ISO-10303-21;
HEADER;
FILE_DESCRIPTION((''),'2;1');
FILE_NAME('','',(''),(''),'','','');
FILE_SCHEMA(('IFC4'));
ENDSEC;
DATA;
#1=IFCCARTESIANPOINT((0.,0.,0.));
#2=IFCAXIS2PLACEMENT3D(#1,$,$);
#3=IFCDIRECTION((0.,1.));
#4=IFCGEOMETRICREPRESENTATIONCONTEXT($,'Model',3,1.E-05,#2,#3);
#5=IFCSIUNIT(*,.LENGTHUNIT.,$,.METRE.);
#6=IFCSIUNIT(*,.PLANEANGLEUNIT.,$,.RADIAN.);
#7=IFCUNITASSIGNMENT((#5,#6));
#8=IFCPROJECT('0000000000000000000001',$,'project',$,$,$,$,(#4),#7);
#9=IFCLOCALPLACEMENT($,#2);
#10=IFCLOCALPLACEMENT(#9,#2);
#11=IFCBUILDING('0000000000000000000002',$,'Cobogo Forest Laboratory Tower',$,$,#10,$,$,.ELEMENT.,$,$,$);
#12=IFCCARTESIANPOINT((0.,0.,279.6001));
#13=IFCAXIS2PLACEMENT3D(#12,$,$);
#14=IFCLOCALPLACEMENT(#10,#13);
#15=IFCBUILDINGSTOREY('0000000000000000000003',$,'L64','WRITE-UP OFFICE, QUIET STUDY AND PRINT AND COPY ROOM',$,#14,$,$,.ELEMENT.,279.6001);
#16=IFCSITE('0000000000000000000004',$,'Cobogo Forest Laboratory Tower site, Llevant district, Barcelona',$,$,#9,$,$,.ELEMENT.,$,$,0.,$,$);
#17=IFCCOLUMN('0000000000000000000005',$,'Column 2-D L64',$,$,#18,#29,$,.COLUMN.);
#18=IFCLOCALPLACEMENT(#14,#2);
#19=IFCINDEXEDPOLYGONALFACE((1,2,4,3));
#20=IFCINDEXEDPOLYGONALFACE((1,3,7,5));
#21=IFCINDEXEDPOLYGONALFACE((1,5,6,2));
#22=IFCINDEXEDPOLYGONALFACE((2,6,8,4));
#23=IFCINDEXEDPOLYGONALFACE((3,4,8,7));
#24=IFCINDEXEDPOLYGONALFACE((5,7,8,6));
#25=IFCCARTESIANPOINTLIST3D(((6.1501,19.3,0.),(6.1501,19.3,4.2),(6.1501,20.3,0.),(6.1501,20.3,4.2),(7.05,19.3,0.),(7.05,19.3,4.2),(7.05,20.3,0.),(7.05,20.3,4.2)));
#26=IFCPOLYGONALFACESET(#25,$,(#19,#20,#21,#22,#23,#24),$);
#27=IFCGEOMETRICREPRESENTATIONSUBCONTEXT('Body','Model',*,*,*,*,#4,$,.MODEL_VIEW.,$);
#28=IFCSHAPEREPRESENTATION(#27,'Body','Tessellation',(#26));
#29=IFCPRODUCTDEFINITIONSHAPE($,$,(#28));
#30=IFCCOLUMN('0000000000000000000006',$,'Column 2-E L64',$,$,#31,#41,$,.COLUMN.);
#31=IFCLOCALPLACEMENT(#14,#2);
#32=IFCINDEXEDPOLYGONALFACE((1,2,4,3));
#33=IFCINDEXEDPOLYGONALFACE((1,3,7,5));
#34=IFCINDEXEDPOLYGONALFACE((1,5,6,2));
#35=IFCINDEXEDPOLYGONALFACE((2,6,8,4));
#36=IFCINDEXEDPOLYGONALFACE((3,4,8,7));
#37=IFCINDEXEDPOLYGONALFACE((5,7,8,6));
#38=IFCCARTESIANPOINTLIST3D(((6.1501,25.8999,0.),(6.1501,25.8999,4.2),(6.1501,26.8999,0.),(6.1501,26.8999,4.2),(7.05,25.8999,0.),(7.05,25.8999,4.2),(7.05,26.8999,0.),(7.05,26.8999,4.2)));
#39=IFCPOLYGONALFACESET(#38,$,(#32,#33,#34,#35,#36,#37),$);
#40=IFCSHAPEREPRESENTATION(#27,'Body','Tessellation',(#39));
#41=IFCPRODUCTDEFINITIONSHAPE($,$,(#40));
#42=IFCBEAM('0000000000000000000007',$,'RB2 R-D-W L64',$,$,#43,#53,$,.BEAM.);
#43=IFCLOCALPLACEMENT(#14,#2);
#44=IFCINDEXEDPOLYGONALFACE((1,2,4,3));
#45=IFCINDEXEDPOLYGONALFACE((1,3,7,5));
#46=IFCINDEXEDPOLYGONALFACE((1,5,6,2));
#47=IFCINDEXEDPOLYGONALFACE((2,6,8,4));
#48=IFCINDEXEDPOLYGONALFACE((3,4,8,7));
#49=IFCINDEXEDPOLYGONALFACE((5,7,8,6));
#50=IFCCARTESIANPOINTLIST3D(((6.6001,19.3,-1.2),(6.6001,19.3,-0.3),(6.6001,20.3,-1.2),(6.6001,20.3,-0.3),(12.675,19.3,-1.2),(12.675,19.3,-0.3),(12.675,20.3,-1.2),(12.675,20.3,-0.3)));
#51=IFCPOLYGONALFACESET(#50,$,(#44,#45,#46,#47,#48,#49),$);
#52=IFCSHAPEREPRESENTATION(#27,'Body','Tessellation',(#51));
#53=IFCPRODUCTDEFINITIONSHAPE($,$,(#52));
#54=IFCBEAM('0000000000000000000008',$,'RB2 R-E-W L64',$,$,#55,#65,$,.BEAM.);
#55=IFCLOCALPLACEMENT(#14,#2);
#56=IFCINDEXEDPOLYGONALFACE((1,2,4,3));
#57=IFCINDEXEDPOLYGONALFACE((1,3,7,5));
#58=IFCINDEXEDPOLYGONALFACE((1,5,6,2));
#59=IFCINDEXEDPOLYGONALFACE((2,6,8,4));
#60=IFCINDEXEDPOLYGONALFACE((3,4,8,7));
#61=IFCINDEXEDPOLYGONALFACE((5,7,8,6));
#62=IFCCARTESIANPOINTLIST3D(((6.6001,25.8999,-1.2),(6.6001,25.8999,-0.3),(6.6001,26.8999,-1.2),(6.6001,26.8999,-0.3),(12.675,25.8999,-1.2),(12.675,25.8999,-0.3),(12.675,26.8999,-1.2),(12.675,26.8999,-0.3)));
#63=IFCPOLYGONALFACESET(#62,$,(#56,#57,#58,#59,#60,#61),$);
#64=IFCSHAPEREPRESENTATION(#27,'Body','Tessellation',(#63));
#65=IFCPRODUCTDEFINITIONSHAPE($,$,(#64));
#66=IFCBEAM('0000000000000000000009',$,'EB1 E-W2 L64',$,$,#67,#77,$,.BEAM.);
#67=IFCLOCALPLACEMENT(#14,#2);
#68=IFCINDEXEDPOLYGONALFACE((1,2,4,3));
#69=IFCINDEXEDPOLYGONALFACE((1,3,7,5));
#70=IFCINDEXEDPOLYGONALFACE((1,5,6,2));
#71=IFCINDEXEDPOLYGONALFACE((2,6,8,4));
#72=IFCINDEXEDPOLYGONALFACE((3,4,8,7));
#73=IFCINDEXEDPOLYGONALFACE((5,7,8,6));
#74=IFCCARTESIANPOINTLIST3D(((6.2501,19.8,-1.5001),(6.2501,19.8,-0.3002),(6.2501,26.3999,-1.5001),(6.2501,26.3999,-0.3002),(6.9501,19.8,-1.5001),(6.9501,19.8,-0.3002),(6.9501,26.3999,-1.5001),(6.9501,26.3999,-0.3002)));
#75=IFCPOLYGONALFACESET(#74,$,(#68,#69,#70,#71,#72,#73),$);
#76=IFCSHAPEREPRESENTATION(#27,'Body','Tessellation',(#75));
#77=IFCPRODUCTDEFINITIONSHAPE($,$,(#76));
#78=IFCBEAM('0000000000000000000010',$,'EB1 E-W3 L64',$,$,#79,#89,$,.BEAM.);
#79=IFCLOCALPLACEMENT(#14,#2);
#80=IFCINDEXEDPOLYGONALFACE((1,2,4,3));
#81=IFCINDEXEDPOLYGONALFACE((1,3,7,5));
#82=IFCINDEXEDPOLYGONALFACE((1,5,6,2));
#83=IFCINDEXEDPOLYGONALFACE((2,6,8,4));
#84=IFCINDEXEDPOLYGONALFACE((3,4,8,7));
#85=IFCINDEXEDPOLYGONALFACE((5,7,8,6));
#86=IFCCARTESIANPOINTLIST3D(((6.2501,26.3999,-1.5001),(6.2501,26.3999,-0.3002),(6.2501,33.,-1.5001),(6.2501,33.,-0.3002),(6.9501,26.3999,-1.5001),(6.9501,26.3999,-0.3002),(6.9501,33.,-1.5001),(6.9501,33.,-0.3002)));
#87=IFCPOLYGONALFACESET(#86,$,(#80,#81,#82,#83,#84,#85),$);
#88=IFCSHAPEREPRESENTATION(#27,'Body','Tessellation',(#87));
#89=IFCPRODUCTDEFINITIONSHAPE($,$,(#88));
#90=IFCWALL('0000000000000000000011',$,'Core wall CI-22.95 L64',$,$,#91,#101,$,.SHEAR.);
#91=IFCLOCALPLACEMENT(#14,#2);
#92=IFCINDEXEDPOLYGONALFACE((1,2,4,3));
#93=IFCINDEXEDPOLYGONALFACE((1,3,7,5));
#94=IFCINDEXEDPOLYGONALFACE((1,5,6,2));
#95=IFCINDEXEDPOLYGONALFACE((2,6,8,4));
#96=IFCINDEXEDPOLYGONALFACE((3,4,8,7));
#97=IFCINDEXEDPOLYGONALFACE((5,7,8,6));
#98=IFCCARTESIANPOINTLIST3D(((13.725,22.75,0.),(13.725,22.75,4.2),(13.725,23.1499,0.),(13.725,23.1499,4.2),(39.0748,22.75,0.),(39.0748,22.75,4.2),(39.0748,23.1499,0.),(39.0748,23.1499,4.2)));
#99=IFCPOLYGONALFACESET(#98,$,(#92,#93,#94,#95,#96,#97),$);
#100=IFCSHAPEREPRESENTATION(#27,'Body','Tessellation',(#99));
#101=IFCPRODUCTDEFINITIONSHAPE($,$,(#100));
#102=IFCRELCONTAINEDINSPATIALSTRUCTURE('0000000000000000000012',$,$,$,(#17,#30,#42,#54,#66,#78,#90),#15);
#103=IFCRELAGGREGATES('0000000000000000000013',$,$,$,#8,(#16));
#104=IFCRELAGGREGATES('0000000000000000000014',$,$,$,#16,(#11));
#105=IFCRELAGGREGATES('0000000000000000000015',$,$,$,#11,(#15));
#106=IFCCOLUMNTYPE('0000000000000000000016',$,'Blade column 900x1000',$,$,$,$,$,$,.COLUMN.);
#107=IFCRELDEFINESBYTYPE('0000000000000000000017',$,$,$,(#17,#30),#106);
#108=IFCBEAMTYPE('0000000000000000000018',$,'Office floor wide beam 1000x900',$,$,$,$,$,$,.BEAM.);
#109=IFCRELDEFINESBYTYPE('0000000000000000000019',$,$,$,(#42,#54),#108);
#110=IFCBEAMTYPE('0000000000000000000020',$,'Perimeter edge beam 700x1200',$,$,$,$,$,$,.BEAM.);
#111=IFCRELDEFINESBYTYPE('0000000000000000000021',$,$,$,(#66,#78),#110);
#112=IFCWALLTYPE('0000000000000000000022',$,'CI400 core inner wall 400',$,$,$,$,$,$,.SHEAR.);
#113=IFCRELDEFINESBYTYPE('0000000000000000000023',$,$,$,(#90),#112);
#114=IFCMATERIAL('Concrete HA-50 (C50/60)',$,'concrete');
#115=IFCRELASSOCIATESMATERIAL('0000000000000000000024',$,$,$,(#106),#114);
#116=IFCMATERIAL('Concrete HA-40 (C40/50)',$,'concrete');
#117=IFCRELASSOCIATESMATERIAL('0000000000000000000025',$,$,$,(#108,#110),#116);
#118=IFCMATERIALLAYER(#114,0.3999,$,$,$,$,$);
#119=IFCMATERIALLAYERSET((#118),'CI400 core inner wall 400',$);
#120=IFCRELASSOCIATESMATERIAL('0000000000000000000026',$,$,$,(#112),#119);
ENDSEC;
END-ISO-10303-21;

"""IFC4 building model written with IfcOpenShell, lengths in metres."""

from ifc_helpers import new_model, si_unit, direction, frame, frame_2d, origin, origin_2d, place, context, subcontext, project, spatial, rectangle, extrude, material, layer, layer_set, material_profile, profile_set, type_object, element, save


model = new_model("IFC4")

# Units and contexts
model_context = context("Model", 3, precision=1e-05, world=origin(), true_north=direction((0.0, 1.0)))
body_context = subcontext(model_context, "Body", "Model", "MODEL_VIEW")
ifc_project = project(units=[si_unit("LENGTHUNIT", "METRE"), si_unit("PLANEANGLEUNIT", "RADIAN")], contexts=[model_context])

# Site, building, storey
site_placement = place(None, origin())
site = spatial("IfcSite", under=ifc_project, at=site_placement, Name="Cobogo Forest Laboratory Tower site, Llevant district, Barcelona", CompositionType="ELEMENT", RefElevation=0.0)
building_placement = place(site_placement, origin())
building = spatial("IfcBuilding", under=site, at=building_placement, Name="Cobogo Forest Laboratory Tower", CompositionType="ELEMENT")
storey_placement = place(building_placement, frame((0.0, 0.0, 279.6001)))
storey = spatial("IfcBuildingStorey", under=building, at=storey_placement, Name="L64", Description="WRITE-UP OFFICE, QUIET STUDY AND PRINT AND COPY ROOM", CompositionType="ELEMENT", Elevation=279.6001)

# Columns
ifc_material_1 = material(Name="Concrete HA-50 (C50/60)", Category="concrete")
ifc_material_profile_1 = material_profile(ifc_material_1, rectangle(XDim=1.0, YDim=0.8999, at=origin_2d()), Name="RC 900x1000")
ifc_profile_set_1 = profile_set([ifc_material_profile_1], Name="Concrete HA-50 (C50/60)")
column_type = type_object("IfcColumnType", Name="Blade column 900x1000", PredefinedType="COLUMN", material=ifc_profile_set_1)
for number, where, z_axis, x_axis, name in (
    (1, (6.6001, 19.8, 0.0), (0.0, 0.0, 1.0), (0.0, 1.0, 0.0), "Column 2-D L64"),
    (2, (6.6001, 26.3999, 0.0), (0.0, 0.0, 1.0), (0.0, 1.0, 0.0), "Column 2-E L64"),
):
    element("IfcColumn", number, at=place(storey_placement, frame(where, z_axis=z_axis, x_axis=x_axis)), inside=storey, type_object=column_type, Name=name, PredefinedType="COLUMN", context=body_context, shape_type="SweptSolid", body=[
        extrude(rectangle(XDim=1.0, YDim=0.8999, at=origin_2d()), origin(), (0.0, 0.0, 1.0), 4.2),
    ])

# Beams
ifc_material_2 = material(Name="Concrete HA-40 (C40/50)", Category="concrete")
ifc_material_profile_2 = material_profile(ifc_material_2, rectangle(XDim=1.0, YDim=0.8999, at=origin_2d()), Name="RC 1000x900")
ifc_profile_set_2 = profile_set([ifc_material_profile_2], Name="Concrete HA-40 (C40/50)")
beam_type_1 = type_object("IfcBeamType", Name="Office floor wide beam 1000x900", PredefinedType="BEAM", material=ifc_profile_set_2)
for number, where, z_axis, x_axis, name in (
    (3, (12.675, 19.8, -0.75), (-1.0, 0.0, 0.0), (0.0, -1.0, 0.0), "RB2 R-D-W L64"),
    (4, (12.675, 26.3999, -0.75), (-1.0, 0.0, 0.0), (0.0, -1.0, 0.0), "RB2 R-E-W L64"),
):
    element("IfcBeam", number, at=place(storey_placement, frame(where, z_axis=z_axis, x_axis=x_axis)), inside=storey, type_object=beam_type_1, Name=name, PredefinedType="BEAM", context=body_context, shape_type="SweptSolid", body=[
        extrude(rectangle(XDim=1.0, YDim=0.8999, at=origin_2d()), origin(), (0.0, 0.0, 1.0), 6.075),
    ])
ifc_material_profile_3 = material_profile(ifc_material_2, rectangle(XDim=0.7, YDim=1.2, at=origin_2d()), Name="RC 700x1200")
ifc_profile_set_3 = profile_set([ifc_material_profile_3], Name="Concrete HA-40 (C40/50)")
beam_type_2 = type_object("IfcBeamType", Name="Perimeter edge beam 700x1200", PredefinedType="BEAM", material=ifc_profile_set_3)
beam_1_placement = place(storey_placement, frame((6.6001, 19.8, -0.9001), z_axis=(0.0, 1.0, 0.0), x_axis=(-1.0, 0.0, 0.0)))
element("IfcBeam", 5, at=beam_1_placement, inside=storey, type_object=beam_type_2, Name="EB1 E-W2 L64", PredefinedType="BEAM", context=body_context, shape_type="SweptSolid", body=[
    extrude(rectangle(XDim=0.7, YDim=1.2, at=origin_2d()), origin(), (0.0, 0.0, 1.0), 6.5999),
])
beam_2_placement = place(storey_placement, frame((6.6001, 26.3999, -0.9001), z_axis=(0.0, 1.0, 0.0), x_axis=(-1.0, 0.0, 0.0)))
element("IfcBeam", 6, at=beam_2_placement, inside=storey, type_object=beam_type_2, Name="EB1 E-W3 L64", PredefinedType="BEAM", context=body_context, shape_type="SweptSolid", body=[
    extrude(rectangle(XDim=0.7, YDim=1.2, at=origin_2d()), origin(), (0.0, 0.0, 1.0), 6.6001),
])

# Wall
ifc_layer_1 = layer(ifc_material_1, 0.3999)
ifc_layer_set_1 = layer_set([ifc_layer_1], Name="CI400 core inner wall 400")
wall_type_1 = type_object("IfcWallType", Name="CI400 core inner wall 400", PredefinedType="SHEAR", material=ifc_layer_set_1)
wall_1_placement = place(storey_placement, frame((13.7251, 22.95, 0.0), z_axis=(0.0, 0.0, 1.0), x_axis=(1.0, 0.0, 0.0)))
element("IfcWall", 7, at=wall_1_placement, inside=storey, type_object=wall_type_1, Name="Core wall CI-22.95 L64", PredefinedType="SHEAR", context=body_context, shape_type="SweptSolid", body=[
    extrude(rectangle(XDim=25.3499, YDim=0.3999, at=frame_2d((12.6748, 0.0))), origin(), (0.0, 0.0, 1.0), 4.2),
])

save(model, "model.ifc")
